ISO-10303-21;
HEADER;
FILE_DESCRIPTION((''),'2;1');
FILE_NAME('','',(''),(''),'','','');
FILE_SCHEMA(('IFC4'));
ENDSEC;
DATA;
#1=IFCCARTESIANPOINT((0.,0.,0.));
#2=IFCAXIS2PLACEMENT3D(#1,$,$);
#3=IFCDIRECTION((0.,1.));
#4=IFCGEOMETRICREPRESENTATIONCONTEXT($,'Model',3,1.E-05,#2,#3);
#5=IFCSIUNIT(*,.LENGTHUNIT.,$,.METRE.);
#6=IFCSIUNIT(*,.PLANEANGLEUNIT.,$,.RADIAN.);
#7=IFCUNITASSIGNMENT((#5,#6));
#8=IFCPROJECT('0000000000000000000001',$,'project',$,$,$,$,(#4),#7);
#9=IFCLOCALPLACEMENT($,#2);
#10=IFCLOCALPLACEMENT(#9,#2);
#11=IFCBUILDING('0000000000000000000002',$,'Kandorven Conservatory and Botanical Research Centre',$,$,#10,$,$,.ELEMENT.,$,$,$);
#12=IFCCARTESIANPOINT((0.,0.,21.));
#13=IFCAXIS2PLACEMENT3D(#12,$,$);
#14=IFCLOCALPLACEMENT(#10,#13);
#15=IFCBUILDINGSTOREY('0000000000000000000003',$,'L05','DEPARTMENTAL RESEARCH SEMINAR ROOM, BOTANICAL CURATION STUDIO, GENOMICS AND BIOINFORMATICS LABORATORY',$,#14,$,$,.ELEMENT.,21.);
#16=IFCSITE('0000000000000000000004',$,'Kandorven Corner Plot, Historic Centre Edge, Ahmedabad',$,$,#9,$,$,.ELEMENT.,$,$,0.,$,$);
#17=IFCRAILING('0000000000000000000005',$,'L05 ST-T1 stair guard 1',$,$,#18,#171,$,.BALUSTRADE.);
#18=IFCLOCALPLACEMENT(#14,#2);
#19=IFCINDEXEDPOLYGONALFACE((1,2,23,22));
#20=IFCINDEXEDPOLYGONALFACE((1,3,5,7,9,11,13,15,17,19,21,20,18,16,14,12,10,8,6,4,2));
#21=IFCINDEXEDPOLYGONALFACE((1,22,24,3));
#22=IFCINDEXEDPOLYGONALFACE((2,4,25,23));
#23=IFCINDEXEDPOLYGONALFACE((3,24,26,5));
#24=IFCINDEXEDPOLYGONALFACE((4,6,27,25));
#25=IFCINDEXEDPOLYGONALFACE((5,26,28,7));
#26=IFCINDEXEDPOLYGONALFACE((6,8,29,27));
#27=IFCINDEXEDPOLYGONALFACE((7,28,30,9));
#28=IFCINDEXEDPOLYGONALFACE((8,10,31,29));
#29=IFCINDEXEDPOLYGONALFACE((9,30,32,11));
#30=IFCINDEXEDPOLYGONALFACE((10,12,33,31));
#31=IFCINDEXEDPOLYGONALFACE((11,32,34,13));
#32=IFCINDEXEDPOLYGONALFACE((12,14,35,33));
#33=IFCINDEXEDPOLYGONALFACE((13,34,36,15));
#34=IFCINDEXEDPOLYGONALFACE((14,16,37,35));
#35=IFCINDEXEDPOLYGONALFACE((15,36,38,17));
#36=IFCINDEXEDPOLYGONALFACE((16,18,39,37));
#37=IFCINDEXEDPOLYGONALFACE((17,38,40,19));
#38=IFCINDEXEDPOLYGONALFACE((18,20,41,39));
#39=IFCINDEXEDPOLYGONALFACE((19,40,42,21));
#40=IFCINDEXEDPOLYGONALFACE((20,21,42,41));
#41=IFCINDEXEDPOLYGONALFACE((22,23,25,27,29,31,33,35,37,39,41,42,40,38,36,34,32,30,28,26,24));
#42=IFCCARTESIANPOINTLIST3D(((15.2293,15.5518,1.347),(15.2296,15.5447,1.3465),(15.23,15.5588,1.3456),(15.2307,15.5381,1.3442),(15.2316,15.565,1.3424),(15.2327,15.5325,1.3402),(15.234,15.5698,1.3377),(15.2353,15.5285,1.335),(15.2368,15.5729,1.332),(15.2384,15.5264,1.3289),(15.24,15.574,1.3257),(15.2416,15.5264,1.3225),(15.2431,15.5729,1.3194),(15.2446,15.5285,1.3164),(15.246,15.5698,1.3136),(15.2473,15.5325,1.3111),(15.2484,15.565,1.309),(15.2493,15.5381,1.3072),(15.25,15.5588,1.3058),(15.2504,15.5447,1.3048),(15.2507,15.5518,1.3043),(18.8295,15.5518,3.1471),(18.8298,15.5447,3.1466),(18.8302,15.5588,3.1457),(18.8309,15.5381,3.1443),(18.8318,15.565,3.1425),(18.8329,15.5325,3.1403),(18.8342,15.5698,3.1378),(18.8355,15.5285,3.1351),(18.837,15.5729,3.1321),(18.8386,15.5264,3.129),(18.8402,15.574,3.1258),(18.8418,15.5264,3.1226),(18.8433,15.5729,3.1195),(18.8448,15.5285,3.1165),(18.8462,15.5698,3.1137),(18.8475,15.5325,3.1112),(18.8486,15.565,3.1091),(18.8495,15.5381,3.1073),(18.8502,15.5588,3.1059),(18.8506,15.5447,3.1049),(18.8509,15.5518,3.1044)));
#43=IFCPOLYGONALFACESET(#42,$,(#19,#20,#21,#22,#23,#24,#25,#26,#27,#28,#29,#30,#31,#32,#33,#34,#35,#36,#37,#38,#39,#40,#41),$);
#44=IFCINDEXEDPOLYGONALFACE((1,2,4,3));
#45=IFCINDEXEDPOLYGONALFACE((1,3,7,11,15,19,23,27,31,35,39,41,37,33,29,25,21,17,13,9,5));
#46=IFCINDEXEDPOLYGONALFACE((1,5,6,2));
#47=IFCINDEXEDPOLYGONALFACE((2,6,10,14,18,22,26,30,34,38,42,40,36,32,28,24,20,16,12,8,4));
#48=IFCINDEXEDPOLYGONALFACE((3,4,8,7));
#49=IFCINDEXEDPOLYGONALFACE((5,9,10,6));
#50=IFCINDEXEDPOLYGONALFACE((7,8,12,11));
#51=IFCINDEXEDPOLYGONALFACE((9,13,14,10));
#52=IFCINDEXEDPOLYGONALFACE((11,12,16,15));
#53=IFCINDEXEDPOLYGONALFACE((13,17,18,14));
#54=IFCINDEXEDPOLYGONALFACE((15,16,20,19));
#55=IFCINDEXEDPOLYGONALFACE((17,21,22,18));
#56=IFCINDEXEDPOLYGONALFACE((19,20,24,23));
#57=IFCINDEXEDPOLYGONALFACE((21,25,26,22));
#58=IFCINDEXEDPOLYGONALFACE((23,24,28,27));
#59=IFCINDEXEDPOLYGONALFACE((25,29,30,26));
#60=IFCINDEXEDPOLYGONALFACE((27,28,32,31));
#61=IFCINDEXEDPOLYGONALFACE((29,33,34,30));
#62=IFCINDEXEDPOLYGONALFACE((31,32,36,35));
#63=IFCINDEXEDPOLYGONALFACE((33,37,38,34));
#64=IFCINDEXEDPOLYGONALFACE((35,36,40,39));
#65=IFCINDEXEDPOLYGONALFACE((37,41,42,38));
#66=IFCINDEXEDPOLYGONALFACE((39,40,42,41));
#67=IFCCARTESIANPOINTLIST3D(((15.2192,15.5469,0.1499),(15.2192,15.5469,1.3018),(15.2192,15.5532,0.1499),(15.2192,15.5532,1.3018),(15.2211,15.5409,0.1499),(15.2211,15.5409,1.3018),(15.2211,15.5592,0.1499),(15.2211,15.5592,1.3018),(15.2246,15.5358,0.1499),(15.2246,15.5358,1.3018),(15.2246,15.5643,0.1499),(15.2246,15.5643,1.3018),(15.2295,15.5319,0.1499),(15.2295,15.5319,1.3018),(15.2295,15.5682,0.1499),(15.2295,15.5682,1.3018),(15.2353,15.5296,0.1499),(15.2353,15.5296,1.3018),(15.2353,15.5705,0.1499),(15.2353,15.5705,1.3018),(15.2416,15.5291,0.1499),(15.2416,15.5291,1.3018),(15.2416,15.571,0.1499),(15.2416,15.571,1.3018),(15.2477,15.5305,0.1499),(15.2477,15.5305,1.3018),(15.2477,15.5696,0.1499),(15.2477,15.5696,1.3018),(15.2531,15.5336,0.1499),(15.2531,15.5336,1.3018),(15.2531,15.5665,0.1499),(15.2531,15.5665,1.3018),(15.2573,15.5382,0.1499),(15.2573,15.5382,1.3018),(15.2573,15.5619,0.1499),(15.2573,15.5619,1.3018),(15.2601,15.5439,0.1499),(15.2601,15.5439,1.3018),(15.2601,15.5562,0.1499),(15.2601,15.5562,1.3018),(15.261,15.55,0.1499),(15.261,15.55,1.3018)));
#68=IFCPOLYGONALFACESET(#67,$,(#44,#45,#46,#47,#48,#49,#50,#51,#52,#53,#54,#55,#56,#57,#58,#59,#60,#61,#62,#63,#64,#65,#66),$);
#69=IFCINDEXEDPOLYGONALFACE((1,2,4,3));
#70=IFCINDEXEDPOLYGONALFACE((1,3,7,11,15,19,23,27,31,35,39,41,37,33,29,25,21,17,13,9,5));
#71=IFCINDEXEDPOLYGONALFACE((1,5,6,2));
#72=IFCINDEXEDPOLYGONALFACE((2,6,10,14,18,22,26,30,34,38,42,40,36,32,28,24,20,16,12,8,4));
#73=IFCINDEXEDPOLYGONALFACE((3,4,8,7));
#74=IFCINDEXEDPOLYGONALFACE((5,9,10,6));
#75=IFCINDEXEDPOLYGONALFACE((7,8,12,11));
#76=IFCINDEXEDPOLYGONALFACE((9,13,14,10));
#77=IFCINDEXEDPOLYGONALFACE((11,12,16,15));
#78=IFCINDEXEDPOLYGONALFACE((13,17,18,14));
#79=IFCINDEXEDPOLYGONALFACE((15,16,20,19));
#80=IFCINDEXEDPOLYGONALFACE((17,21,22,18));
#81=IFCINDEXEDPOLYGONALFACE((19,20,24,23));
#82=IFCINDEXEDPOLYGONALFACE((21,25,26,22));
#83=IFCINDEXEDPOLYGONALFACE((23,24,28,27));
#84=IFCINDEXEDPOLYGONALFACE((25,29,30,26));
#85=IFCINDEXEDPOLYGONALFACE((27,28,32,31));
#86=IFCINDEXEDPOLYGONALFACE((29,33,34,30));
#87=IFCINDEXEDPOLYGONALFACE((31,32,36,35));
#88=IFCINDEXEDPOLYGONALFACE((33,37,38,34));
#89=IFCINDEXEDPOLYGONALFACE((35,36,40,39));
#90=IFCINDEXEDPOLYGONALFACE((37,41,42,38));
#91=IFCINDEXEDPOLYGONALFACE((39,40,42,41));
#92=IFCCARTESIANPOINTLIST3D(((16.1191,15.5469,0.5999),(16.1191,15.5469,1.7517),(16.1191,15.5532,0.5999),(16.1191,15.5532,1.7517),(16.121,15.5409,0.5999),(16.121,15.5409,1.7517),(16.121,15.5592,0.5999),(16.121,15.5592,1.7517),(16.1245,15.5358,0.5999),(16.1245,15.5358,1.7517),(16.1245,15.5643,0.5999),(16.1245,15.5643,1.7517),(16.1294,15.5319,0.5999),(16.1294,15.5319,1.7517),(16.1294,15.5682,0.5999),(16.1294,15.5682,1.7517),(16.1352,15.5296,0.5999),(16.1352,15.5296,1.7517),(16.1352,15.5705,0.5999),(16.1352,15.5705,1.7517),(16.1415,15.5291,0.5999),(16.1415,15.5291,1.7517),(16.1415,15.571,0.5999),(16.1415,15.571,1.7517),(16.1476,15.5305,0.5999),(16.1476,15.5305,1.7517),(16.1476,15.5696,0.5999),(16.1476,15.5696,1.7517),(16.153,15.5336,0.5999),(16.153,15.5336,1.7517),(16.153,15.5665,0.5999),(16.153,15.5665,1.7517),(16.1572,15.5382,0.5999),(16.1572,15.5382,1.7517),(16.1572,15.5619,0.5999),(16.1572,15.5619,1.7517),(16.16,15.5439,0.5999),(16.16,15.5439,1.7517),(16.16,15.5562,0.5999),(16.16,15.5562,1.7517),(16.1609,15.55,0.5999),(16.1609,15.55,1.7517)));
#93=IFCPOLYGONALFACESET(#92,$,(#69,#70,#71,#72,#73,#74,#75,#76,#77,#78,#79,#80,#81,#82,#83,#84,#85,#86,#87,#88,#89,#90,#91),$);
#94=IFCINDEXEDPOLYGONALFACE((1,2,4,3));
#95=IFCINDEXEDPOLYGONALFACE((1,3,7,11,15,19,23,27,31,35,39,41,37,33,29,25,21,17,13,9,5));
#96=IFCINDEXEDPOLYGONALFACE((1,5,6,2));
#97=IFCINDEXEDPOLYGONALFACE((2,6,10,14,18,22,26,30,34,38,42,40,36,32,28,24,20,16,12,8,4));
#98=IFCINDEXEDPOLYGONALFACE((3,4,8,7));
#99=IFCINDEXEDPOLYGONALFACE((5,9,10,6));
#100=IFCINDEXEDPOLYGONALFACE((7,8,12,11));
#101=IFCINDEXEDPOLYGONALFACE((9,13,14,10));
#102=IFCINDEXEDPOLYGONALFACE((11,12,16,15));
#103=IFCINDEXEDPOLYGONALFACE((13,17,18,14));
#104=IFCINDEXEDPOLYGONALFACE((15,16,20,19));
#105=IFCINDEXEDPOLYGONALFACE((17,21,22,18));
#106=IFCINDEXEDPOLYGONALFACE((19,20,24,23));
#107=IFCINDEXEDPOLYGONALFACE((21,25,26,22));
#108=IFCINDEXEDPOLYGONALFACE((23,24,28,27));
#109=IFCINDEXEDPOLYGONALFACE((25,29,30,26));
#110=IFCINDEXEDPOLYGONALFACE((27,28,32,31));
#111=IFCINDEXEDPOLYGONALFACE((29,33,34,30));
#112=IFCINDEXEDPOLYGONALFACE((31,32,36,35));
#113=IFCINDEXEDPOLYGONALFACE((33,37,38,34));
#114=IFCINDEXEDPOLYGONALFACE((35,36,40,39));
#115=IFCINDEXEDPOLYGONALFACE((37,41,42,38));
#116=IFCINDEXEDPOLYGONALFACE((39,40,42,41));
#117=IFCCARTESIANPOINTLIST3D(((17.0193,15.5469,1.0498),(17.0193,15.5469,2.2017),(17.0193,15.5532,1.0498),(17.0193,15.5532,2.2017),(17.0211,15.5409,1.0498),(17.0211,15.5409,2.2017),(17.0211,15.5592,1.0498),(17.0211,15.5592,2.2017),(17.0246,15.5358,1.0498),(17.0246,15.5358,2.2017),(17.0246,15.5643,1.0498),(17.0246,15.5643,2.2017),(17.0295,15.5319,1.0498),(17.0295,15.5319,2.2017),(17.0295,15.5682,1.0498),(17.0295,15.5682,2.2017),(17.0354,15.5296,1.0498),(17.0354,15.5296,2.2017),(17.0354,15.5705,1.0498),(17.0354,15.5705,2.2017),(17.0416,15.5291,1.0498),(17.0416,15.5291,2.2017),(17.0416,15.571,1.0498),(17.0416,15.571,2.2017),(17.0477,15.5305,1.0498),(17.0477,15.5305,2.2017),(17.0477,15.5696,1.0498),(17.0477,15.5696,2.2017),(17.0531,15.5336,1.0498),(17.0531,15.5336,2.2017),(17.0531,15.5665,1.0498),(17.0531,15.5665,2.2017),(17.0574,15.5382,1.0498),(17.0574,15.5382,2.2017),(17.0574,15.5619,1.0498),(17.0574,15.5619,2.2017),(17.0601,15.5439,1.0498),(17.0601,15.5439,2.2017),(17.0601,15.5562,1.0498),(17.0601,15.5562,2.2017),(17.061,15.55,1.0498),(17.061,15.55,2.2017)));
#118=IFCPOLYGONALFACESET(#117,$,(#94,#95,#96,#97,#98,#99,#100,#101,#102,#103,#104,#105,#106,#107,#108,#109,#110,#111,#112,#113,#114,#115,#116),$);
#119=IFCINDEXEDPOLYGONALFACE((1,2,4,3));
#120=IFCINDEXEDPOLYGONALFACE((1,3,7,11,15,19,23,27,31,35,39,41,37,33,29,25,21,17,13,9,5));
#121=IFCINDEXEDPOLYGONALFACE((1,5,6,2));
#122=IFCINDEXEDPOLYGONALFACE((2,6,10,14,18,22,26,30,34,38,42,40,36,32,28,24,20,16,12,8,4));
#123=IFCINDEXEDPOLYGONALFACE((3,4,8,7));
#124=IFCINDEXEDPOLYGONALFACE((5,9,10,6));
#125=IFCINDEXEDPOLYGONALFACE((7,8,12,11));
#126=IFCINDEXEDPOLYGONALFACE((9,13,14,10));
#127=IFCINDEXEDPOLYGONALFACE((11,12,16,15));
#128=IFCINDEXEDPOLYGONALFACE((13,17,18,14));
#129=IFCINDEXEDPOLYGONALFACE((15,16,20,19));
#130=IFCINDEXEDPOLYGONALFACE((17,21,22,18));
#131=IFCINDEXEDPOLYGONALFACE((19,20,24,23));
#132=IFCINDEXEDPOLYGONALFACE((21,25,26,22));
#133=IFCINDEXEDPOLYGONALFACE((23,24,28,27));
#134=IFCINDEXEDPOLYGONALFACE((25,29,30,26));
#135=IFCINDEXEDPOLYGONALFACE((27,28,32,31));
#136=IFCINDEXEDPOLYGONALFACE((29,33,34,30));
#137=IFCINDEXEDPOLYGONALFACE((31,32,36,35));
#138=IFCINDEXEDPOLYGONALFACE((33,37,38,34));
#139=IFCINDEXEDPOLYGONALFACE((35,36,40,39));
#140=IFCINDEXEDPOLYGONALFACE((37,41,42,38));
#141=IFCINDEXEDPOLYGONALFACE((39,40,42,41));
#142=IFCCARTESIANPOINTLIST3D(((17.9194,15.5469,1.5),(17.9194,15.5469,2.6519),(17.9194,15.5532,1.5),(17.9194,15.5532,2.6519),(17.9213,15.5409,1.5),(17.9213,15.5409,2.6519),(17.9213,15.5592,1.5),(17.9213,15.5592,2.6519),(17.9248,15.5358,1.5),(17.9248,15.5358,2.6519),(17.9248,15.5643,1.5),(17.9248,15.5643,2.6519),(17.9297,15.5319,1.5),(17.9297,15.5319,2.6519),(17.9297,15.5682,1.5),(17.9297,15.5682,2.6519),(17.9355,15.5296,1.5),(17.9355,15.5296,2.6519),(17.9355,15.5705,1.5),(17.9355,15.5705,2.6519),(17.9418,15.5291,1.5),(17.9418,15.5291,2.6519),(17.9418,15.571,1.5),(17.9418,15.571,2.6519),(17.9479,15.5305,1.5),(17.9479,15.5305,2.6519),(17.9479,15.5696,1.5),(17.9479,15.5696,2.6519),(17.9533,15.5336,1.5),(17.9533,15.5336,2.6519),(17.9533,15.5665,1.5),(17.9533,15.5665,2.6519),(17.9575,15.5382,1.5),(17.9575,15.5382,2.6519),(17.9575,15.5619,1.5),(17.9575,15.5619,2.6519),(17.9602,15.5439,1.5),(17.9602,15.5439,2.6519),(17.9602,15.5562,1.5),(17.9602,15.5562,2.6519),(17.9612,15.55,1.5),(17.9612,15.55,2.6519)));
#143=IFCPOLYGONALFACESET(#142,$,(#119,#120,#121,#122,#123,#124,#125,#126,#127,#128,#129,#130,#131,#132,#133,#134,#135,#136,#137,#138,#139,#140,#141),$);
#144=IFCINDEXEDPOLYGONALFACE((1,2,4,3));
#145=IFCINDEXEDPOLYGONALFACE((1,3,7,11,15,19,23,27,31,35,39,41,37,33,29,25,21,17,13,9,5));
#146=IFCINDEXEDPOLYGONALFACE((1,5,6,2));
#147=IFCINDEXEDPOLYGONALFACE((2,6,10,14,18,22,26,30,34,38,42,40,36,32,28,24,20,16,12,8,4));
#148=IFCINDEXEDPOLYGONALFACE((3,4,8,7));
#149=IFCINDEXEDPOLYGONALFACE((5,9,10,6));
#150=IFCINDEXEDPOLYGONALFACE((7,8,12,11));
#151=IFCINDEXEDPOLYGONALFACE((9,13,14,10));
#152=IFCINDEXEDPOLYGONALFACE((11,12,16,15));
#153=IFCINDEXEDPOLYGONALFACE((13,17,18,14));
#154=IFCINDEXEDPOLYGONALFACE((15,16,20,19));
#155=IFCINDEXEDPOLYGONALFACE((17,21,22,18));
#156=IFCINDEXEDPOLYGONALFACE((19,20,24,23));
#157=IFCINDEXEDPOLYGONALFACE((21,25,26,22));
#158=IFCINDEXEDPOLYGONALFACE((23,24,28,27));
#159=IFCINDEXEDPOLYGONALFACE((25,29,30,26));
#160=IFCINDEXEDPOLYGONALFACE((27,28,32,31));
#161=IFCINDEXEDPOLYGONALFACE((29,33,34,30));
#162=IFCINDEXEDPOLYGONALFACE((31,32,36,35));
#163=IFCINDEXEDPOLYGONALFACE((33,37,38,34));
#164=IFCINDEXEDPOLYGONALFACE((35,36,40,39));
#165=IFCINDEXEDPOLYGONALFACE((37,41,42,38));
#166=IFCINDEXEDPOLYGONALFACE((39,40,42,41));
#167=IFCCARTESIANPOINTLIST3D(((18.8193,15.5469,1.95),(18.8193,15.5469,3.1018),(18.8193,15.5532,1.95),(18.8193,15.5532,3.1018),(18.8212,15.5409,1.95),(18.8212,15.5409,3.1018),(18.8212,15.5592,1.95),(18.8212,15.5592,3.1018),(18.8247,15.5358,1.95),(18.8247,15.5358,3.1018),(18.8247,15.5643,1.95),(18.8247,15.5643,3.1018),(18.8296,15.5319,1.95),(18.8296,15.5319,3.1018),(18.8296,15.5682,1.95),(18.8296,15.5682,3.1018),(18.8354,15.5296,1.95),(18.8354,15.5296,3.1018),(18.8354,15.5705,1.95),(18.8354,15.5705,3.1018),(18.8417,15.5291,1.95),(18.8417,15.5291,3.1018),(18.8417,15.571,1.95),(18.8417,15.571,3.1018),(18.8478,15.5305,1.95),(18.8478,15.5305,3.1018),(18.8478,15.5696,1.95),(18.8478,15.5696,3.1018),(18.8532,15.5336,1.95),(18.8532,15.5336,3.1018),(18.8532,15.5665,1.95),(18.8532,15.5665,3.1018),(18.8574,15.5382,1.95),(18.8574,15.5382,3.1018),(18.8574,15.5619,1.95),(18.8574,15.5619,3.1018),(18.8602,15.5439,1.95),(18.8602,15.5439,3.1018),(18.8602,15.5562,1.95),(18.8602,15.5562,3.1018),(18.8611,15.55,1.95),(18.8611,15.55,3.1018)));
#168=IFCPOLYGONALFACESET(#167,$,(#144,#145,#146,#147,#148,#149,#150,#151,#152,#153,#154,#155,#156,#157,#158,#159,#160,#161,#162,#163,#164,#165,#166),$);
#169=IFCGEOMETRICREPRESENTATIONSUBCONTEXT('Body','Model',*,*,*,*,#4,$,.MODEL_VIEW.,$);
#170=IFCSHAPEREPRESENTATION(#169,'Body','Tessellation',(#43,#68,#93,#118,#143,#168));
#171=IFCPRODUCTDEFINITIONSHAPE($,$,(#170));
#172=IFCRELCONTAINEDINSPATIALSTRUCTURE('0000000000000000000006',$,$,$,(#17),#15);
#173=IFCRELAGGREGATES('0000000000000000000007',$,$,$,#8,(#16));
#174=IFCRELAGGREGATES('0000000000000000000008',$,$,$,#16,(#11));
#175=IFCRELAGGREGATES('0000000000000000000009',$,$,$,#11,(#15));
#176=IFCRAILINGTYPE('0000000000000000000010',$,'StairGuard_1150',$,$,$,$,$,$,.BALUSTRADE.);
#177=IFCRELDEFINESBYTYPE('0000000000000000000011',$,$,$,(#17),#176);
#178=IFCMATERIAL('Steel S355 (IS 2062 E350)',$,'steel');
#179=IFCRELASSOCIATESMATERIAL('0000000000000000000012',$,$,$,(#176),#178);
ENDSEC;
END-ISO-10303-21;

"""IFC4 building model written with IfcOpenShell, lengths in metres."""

from ifc_helpers import new_model, si_unit, direction, frame, origin, origin_2d, place, context, subcontext, project, spatial, circle, extrude, material, type_object, element, save


model = new_model("IFC4")

# Units and contexts
model_context = context("Model", 3, precision=1e-05, world=origin(), true_north=direction((0.0, 1.0)))
body_context = subcontext(model_context, "Body", "Model", "MODEL_VIEW")
ifc_project = project(units=[si_unit("LENGTHUNIT", "METRE"), si_unit("PLANEANGLEUNIT", "RADIAN")], contexts=[model_context])

# Site, building, storey
site_placement = place(None, origin())
site = spatial("IfcSite", under=ifc_project, at=site_placement, Name="Kandorven Corner Plot, Historic Centre Edge, Ahmedabad", CompositionType="ELEMENT", RefElevation=0.0)
building_placement = place(site_placement, origin())
building = spatial("IfcBuilding", under=site, at=building_placement, Name="Kandorven Conservatory and Botanical Research Centre", CompositionType="ELEMENT")
storey_placement = place(building_placement, frame((0.0, 0.0, 21.0)))
storey = spatial("IfcBuildingStorey", under=building, at=storey_placement, Name="L05", Description="DEPARTMENTAL RESEARCH SEMINAR ROOM, BOTANICAL CURATION STUDIO, GENOMICS AND BIOINFORMATICS LABORATORY", CompositionType="ELEMENT", Elevation=21.0)

# Railing
ifc_material_1 = material(Name="Steel S355 (IS 2062 E350)", Category="steel")
railing_type_1 = type_object("IfcRailingType", Name="StairGuard_1150", PredefinedType="BALUSTRADE", material=ifc_material_1)
railing_1_placement = place(storey_placement, frame((15.24, 15.55, 0.1499)))
element("IfcRailing", 1, at=railing_1_placement, inside=storey, type_object=railing_type_1, Name="L05 ST-T1 stair guard 1", PredefinedType="BALUSTRADE", context=body_context, shape_type="SweptSolid", body=[
    extrude(circle(Radius=0.0239, at=origin_2d()), frame((0.0, 0.0, 1.1758), z_axis=(0.894427, 0.0, 0.447214), x_axis=(0.0, 1.0, 0.0)), (0.0, 0.0, 1.0), 4.0251),
    extrude(circle(Radius=0.021, at=origin_2d()), origin(), (0.0, 0.0, 1.0), 1.1519),
    extrude(circle(Radius=0.021, at=origin_2d()), frame((0.8999, 0.0, 0.45)), (0.0, 0.0, 1.0), 1.1519),
    extrude(circle(Radius=0.021, at=origin_2d()), frame((1.8, 0.0, 0.8999)), (0.0, 0.0, 1.0), 1.1519),
    extrude(circle(Radius=0.021, at=origin_2d()), frame((2.7002, 0.0, 1.3501)), (0.0, 0.0, 1.0), 1.1519),
    extrude(circle(Radius=0.021, at=origin_2d()), frame((3.6001, 0.0, 1.8)), (0.0, 0.0, 1.0), 1.1519),
])

save(model, "model.ifc")
